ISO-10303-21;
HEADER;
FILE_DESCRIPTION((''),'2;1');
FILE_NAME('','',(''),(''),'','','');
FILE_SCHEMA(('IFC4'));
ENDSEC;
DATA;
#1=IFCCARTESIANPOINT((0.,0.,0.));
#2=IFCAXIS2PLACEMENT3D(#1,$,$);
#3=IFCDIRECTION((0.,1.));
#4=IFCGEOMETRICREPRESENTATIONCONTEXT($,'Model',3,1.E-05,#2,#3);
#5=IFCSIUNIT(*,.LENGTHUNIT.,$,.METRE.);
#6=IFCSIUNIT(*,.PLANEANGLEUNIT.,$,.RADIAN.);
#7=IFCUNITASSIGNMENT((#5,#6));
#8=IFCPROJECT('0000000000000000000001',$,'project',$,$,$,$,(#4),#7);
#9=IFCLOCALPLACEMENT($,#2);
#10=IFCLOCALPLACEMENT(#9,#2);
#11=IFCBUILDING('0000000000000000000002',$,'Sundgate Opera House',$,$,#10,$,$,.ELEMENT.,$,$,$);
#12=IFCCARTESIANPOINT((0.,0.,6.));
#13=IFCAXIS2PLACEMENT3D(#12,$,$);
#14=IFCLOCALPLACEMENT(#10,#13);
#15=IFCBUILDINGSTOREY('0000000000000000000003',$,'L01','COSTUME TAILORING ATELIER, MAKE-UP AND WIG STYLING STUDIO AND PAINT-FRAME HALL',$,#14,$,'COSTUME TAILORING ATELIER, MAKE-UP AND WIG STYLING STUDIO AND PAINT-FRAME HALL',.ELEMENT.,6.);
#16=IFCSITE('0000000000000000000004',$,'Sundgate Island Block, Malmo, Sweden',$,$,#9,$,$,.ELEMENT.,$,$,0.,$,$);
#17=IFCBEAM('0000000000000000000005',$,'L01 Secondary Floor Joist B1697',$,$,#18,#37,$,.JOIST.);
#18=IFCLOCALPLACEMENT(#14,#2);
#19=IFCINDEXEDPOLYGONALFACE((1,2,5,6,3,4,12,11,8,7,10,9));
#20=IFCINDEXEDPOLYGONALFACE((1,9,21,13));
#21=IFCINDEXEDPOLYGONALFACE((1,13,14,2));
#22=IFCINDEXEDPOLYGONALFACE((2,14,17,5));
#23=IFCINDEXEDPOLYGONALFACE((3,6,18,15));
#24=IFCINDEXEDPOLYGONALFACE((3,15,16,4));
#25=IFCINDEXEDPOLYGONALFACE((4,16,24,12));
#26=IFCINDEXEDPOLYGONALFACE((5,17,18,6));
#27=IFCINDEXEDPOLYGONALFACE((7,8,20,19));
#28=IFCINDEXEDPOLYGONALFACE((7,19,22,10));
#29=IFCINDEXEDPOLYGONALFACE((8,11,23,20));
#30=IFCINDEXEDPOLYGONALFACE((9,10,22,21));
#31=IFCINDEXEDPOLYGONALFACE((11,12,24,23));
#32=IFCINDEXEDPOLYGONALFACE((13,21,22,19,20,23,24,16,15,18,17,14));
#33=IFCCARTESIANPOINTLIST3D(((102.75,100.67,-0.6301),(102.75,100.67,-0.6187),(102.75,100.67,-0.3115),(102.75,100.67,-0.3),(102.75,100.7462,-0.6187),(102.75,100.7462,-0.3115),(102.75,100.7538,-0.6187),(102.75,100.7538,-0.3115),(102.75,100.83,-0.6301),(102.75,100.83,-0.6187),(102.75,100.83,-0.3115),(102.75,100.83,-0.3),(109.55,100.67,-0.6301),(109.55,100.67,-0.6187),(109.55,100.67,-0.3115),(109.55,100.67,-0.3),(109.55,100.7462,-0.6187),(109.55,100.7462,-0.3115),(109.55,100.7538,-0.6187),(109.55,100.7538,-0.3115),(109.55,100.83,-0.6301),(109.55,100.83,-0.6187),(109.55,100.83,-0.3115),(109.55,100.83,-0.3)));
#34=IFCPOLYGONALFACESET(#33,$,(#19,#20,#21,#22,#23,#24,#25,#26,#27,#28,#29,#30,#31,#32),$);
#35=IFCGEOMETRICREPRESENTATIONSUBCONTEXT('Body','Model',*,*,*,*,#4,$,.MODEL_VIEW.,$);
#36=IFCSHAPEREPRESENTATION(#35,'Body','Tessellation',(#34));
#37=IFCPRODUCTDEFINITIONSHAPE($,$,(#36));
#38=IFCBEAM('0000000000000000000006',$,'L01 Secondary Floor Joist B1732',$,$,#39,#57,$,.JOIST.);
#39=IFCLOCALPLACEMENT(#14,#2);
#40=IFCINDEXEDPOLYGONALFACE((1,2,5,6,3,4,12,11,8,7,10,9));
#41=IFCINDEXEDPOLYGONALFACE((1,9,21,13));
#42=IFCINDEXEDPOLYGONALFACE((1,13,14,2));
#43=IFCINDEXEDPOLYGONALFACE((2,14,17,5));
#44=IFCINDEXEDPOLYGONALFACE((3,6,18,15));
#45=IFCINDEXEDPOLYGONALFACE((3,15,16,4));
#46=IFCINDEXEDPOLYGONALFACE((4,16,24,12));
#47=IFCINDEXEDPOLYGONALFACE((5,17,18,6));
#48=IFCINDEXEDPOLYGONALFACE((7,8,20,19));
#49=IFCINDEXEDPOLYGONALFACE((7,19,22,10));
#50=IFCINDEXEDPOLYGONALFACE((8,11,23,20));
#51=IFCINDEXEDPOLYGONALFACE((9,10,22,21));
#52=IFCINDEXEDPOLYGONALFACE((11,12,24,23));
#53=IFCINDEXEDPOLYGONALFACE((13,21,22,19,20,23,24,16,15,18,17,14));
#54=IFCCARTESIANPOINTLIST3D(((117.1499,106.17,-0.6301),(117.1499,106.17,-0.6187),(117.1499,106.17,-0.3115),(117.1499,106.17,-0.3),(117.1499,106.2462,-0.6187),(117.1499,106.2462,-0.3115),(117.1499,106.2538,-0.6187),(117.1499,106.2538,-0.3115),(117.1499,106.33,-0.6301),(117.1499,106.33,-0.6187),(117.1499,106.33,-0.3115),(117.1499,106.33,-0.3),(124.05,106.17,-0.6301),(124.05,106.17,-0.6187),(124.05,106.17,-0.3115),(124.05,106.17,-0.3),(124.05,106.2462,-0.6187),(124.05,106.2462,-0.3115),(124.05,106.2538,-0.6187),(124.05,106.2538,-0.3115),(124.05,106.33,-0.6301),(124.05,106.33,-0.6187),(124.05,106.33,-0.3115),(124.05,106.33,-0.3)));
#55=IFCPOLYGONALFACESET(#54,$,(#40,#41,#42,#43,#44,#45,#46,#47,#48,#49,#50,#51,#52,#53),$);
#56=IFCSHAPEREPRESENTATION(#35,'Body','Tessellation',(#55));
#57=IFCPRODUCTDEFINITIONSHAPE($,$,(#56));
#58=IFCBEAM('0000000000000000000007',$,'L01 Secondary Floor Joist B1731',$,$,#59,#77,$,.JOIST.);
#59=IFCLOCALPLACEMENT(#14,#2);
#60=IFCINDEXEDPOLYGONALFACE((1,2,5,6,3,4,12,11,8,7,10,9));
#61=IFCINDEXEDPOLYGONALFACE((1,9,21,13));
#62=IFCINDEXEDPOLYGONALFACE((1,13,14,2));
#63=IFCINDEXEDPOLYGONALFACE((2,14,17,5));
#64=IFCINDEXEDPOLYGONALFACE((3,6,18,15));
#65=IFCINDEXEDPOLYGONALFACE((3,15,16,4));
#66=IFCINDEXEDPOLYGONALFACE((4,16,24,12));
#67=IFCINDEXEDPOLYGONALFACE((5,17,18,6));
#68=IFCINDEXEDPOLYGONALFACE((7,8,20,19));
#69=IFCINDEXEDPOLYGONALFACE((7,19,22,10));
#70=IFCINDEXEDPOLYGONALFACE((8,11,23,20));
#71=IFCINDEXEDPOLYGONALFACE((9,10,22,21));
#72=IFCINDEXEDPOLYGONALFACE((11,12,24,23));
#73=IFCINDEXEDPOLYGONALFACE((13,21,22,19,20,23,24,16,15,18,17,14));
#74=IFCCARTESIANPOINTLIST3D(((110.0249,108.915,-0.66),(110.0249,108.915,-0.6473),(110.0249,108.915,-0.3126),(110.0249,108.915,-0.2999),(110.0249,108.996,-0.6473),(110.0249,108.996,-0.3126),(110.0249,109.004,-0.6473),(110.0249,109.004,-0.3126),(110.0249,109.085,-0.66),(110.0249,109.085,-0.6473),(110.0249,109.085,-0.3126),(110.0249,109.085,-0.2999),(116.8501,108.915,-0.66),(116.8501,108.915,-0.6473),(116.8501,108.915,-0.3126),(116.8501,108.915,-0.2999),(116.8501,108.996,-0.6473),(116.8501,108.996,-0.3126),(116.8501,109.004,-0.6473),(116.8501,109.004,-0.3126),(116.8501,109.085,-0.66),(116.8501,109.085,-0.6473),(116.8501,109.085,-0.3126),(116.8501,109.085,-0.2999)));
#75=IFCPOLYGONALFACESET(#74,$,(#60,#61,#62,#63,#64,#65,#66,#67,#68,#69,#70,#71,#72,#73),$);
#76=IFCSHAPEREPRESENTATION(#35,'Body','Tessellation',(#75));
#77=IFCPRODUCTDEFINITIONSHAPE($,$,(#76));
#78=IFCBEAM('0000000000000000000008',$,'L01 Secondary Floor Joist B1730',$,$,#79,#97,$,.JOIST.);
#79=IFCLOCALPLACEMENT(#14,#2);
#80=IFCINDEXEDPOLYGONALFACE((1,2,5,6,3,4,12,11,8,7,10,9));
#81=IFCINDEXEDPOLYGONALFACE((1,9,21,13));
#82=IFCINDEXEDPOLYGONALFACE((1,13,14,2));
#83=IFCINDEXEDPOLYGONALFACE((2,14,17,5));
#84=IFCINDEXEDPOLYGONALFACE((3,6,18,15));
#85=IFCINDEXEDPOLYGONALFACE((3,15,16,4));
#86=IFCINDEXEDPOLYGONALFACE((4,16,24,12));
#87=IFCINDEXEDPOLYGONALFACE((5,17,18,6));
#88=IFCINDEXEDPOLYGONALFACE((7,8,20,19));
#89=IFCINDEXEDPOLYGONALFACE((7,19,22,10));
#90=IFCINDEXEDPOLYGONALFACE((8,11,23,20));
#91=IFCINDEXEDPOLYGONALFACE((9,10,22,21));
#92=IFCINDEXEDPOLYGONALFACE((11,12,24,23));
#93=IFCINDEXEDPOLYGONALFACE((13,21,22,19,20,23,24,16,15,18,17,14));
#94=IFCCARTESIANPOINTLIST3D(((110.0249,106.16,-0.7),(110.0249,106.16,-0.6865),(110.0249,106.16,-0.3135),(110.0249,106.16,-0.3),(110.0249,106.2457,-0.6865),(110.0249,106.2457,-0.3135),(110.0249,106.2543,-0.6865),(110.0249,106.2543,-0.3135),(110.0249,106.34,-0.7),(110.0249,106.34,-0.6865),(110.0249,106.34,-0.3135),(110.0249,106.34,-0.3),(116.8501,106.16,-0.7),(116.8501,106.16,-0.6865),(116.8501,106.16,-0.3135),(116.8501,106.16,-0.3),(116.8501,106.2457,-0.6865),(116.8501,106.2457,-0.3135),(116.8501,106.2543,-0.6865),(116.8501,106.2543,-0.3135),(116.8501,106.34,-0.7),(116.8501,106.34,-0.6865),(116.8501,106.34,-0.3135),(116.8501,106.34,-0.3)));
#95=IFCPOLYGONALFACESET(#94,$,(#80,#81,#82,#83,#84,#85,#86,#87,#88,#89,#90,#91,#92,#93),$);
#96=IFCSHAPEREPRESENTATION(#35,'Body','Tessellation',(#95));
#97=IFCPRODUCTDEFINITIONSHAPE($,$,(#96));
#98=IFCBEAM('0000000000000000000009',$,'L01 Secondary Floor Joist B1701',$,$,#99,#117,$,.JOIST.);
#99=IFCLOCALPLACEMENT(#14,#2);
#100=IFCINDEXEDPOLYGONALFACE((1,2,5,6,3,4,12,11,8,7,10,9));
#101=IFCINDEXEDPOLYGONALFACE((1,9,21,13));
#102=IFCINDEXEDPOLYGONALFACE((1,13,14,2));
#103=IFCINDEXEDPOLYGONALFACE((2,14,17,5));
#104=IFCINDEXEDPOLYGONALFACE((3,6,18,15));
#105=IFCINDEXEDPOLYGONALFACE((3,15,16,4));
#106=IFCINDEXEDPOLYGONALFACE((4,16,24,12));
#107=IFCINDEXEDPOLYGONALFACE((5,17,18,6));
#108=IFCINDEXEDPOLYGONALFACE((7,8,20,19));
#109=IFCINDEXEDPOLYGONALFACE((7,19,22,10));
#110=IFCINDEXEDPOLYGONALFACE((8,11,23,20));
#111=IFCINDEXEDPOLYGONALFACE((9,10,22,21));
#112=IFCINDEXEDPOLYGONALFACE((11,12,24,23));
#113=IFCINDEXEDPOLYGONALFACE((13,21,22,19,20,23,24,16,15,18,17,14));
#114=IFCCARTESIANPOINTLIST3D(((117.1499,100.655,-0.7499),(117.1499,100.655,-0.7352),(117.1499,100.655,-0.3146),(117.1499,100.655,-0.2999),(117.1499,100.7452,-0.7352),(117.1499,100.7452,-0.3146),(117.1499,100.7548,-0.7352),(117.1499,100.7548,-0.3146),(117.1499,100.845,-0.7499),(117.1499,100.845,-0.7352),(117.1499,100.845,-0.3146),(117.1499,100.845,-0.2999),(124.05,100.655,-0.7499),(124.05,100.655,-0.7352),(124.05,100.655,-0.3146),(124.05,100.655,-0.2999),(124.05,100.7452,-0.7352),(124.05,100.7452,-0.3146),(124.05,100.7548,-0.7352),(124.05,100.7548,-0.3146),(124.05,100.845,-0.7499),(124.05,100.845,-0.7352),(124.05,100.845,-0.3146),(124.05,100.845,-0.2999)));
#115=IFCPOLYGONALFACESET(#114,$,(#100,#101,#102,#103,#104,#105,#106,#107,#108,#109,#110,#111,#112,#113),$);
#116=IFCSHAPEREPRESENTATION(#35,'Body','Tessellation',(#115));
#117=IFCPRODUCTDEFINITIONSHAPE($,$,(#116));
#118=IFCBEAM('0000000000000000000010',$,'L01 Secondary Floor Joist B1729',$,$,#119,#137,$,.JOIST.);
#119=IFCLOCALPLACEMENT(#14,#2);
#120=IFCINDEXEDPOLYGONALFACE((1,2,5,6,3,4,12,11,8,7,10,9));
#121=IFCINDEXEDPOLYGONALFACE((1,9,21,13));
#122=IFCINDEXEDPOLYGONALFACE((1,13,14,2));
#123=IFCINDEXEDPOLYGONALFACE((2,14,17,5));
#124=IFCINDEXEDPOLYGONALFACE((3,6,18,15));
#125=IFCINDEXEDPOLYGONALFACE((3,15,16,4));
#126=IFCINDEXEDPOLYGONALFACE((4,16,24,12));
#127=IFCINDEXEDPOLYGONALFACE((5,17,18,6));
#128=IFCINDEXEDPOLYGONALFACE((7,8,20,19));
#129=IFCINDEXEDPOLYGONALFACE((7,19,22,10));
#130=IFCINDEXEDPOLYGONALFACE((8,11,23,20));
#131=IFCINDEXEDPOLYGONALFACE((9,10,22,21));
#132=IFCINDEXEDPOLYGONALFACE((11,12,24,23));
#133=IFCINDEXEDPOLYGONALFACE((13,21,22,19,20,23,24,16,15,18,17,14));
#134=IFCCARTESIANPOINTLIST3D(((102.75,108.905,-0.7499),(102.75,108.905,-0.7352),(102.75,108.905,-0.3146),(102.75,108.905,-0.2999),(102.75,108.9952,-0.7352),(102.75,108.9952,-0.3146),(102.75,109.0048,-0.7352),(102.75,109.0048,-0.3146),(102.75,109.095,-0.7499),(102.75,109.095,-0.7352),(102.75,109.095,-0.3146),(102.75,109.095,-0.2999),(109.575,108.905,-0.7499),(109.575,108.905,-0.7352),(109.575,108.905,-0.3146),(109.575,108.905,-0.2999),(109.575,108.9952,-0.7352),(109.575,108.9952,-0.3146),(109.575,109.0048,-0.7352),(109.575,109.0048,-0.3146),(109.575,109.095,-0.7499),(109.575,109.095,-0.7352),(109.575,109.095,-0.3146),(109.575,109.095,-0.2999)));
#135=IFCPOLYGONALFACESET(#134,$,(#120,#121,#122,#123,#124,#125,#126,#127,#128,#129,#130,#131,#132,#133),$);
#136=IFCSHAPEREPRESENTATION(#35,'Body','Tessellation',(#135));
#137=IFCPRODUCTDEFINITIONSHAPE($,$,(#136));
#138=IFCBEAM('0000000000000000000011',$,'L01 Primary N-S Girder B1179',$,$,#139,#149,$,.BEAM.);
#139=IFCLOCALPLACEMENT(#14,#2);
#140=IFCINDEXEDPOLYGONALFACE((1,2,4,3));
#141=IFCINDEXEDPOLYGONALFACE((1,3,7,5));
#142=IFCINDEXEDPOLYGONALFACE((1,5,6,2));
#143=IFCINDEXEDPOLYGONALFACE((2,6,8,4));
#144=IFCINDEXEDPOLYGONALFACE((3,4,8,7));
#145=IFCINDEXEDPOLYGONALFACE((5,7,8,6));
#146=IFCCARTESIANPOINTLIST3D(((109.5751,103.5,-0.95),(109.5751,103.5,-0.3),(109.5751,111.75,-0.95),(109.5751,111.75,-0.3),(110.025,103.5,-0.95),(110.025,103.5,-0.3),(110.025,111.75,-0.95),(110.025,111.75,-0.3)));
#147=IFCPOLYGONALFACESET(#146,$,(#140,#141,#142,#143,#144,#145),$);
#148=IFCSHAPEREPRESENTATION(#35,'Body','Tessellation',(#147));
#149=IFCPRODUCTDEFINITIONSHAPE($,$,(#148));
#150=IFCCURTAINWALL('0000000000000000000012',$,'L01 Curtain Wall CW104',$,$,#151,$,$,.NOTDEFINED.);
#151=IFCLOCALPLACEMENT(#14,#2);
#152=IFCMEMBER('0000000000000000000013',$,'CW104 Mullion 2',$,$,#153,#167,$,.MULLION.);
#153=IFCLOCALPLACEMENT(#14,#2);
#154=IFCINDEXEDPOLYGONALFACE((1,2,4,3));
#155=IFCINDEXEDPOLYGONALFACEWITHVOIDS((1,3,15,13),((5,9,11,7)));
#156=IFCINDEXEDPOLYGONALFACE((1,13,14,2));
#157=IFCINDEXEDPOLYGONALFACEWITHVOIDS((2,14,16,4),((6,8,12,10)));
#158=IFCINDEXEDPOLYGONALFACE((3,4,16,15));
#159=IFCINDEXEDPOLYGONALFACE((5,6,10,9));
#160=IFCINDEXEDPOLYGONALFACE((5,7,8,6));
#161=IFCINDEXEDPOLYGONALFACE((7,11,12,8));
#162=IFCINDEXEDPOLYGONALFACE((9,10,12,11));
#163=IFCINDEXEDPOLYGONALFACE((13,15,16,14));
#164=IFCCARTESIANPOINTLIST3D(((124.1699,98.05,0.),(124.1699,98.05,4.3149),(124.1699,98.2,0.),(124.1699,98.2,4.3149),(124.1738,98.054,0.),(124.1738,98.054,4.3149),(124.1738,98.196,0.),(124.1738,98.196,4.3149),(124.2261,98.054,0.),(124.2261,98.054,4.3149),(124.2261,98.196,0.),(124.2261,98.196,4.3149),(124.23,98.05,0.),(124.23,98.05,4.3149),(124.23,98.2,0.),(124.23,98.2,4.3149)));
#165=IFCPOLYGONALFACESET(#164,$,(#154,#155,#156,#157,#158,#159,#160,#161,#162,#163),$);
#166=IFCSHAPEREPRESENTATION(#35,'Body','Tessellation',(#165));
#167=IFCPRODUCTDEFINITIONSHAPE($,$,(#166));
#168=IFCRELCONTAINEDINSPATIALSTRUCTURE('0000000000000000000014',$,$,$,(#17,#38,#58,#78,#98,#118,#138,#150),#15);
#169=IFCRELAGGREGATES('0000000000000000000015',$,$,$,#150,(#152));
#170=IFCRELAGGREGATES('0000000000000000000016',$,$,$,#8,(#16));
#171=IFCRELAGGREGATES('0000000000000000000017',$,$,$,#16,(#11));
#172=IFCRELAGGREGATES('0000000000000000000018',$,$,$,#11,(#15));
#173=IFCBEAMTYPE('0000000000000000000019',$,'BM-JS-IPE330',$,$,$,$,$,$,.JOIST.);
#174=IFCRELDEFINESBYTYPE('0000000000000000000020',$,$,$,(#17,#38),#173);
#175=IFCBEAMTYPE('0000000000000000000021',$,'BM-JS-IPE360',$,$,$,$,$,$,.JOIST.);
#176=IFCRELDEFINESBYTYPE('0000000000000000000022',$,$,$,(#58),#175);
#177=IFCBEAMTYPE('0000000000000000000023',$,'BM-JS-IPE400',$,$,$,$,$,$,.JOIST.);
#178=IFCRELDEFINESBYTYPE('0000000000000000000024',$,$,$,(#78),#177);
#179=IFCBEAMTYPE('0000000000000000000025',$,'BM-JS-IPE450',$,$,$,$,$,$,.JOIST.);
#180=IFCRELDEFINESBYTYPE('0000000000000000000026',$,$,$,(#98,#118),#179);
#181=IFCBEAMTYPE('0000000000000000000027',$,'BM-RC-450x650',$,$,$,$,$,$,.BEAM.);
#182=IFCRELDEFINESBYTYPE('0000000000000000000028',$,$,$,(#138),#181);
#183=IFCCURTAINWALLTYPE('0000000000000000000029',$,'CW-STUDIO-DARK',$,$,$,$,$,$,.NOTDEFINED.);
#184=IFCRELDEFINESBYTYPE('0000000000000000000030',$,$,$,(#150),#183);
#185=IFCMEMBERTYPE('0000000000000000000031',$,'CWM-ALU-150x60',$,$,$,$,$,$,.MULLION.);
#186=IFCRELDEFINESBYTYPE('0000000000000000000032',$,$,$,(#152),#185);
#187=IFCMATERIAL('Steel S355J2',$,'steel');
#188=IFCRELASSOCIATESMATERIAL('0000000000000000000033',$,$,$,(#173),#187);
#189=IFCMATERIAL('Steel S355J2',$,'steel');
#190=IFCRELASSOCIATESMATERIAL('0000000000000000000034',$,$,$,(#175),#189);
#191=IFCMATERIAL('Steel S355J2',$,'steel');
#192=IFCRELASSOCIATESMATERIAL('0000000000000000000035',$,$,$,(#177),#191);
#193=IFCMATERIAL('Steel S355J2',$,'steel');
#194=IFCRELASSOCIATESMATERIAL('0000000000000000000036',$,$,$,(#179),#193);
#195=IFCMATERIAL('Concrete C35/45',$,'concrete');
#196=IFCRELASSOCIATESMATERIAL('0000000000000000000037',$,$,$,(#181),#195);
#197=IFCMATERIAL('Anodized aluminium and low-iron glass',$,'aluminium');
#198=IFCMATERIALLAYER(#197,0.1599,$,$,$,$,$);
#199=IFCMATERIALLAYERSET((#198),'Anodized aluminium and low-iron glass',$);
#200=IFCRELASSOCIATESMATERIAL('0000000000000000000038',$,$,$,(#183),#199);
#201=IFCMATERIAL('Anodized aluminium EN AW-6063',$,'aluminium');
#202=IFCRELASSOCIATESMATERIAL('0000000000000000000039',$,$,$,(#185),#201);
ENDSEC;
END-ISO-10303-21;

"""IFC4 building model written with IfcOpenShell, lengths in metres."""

from ifc_helpers import new_model, si_unit, direction, frame, origin, origin_2d, place, context, subcontext, project, spatial, rectangle, hollow_rectangle, i_section, extrude, material, layer, layer_set, material_profile, profile_set, type_object, element, aggregate, save


model = new_model("IFC4")

# Units and contexts
model_context = context("Model", 3, precision=1e-05, world=origin(), true_north=direction((0.0, 1.0)))
body_context = subcontext(model_context, "Body", "Model", "MODEL_VIEW")
ifc_project = project(units=[si_unit("LENGTHUNIT", "METRE"), si_unit("PLANEANGLEUNIT", "RADIAN")], contexts=[model_context])

# Site, building, storey
site_placement = place(None, origin())
site = spatial("IfcSite", under=ifc_project, at=site_placement, Name="Sundgate Island Block, Malmo, Sweden", CompositionType="ELEMENT", RefElevation=0.0)
building_placement = place(site_placement, origin())
building = spatial("IfcBuilding", under=site, at=building_placement, Name="Sundgate Opera House", CompositionType="ELEMENT")
storey_placement = place(building_placement, frame((0.0, 0.0, 6.0)))
storey = spatial("IfcBuildingStorey", under=building, at=storey_placement, Name="L01", Description="COSTUME TAILORING ATELIER, MAKE-UP AND WIG STYLING STUDIO AND PAINT-FRAME HALL", LongName="COSTUME TAILORING ATELIER, MAKE-UP AND WIG STYLING STUDIO AND PAINT-FRAME HALL", CompositionType="ELEMENT", Elevation=6.0)

# Beams
ifc_material_1 = material(Name="Steel S355J2", Category="steel")
ifc_material_profile_1 = material_profile(ifc_material_1, i_section(OverallWidth=0.1599, OverallDepth=0.3301, WebThickness=0.0076, FlangeThickness=0.0115, at=origin_2d()), Name="IPE 330")
ifc_profile_set_1 = profile_set([ifc_material_profile_1], Name="Steel S355J2")
beam_type_1 = type_object("IfcBeamType", Name="BM-JS-IPE330", PredefinedType="JOIST", material=ifc_profile_set_1)
beam_1_placement = place(storey_placement, frame((102.75, 100.75, -0.4651), z_axis=(1.0, 0.0, 0.0), x_axis=(0.0, 1.0, 0.0)))
element("IfcBeam", 1, at=beam_1_placement, inside=storey, type_object=beam_type_1, Name="L01 Secondary Floor Joist B1697", PredefinedType="JOIST", context=body_context, shape_type="SweptSolid", body=[
    extrude(i_section(OverallWidth=0.1599, OverallDepth=0.3301, WebThickness=0.0076, FlangeThickness=0.0115, at=origin_2d()), origin(), (0.0, 0.0, 1.0), 6.8),
])
beam_2_placement = place(storey_placement, frame((117.1499, 106.25, -0.4651), z_axis=(1.0, 0.0, 0.0), x_axis=(0.0, 1.0, 0.0)))
element("IfcBeam", 2, at=beam_2_placement, inside=storey, type_object=beam_type_1, Name="L01 Secondary Floor Joist B1732", PredefinedType="JOIST", context=body_context, shape_type="SweptSolid", body=[
    extrude(i_section(OverallWidth=0.1599, OverallDepth=0.3301, WebThickness=0.0076, FlangeThickness=0.0115, at=origin_2d()), origin(), (0.0, 0.0, 1.0), 6.9001),
])
ifc_material_2 = material(Name="Steel S355J2", Category="steel")
ifc_material_profile_2 = material_profile(ifc_material_2, i_section(OverallWidth=0.1699, OverallDepth=0.3601, WebThickness=0.0081, FlangeThickness=0.0127, at=origin_2d()), Name="IPE 360")
ifc_profile_set_2 = profile_set([ifc_material_profile_2], Name="Steel S355J2")
beam_type_2 = type_object("IfcBeamType", Name="BM-JS-IPE360", PredefinedType="JOIST", material=ifc_profile_set_2)
beam_3_placement = place(storey_placement, frame((110.0249, 109.0, -0.48), z_axis=(1.0, 0.0, 0.0), x_axis=(0.0, 1.0, 0.0)))
element("IfcBeam", 3, at=beam_3_placement, inside=storey, type_object=beam_type_2, Name="L01 Secondary Floor Joist B1731", PredefinedType="JOIST", context=body_context, shape_type="SweptSolid", body=[
    extrude(i_section(OverallWidth=0.1699, OverallDepth=0.3601, WebThickness=0.0081, FlangeThickness=0.0127, at=origin_2d()), origin(), (0.0, 0.0, 1.0), 6.8252),
])
ifc_material_3 = material(Name="Steel S355J2", Category="steel")
ifc_material_profile_3 = material_profile(ifc_material_3, i_section(OverallWidth=0.1799, OverallDepth=0.3999, WebThickness=0.0085, FlangeThickness=0.0134, at=origin_2d()), Name="IPE 400")
ifc_profile_set_3 = profile_set([ifc_material_profile_3], Name="Steel S355J2")
beam_type_3 = type_object("IfcBeamType", Name="BM-JS-IPE400", PredefinedType="JOIST", material=ifc_profile_set_3)
beam_4_placement = place(storey_placement, frame((110.0249, 106.25, -0.5), z_axis=(1.0, 0.0, 0.0), x_axis=(0.0, 1.0, 0.0)))
element("IfcBeam", 4, at=beam_4_placement, inside=storey, type_object=beam_type_3, Name="L01 Secondary Floor Joist B1730", PredefinedType="JOIST", context=body_context, shape_type="SweptSolid", body=[
    extrude(i_section(OverallWidth=0.1799, OverallDepth=0.3999, WebThickness=0.0085, FlangeThickness=0.0134, at=origin_2d()), origin(), (0.0, 0.0, 1.0), 6.8252),
])
ifc_material_4 = material(Name="Steel S355J2", Category="steel")
ifc_material_profile_4 = material_profile(ifc_material_4, i_section(OverallWidth=0.1899, OverallDepth=0.45, WebThickness=0.0095, FlangeThickness=0.0146, at=origin_2d()), Name="IPE 450")
ifc_profile_set_4 = profile_set([ifc_material_profile_4], Name="Steel S355J2")
beam_type_4 = type_object("IfcBeamType", Name="BM-JS-IPE450", PredefinedType="JOIST", material=ifc_profile_set_4)
beam_5_placement = place(storey_placement, frame((117.1499, 100.75, -0.5249), z_axis=(1.0, 0.0, 0.0), x_axis=(0.0, 1.0, 0.0)))
element("IfcBeam", 5, at=beam_5_placement, inside=storey, type_object=beam_type_4, Name="L01 Secondary Floor Joist B1701", PredefinedType="JOIST", context=body_context, shape_type="SweptSolid", body=[
    extrude(i_section(OverallWidth=0.1899, OverallDepth=0.45, WebThickness=0.0095, FlangeThickness=0.0146, at=origin_2d()), origin(), (0.0, 0.0, 1.0), 6.9001),
])
beam_6_placement = place(storey_placement, frame((102.75, 109.0, -0.5249), z_axis=(1.0, 0.0, 0.0), x_axis=(0.0, 1.0, 0.0)))
element("IfcBeam", 6, at=beam_6_placement, inside=storey, type_object=beam_type_4, Name="L01 Secondary Floor Joist B1729", PredefinedType="JOIST", context=body_context, shape_type="SweptSolid", body=[
    extrude(i_section(OverallWidth=0.1899, OverallDepth=0.45, WebThickness=0.0095, FlangeThickness=0.0146, at=origin_2d()), origin(), (0.0, 0.0, 1.0), 6.825),
])
ifc_material_5 = material(Name="Concrete C35/45", Category="concrete")
ifc_material_profile_5 = material_profile(ifc_material_5, rectangle(XDim=0.45, YDim=0.6499, at=origin_2d()), Name="RC 450x650")
ifc_profile_set_5 = profile_set([ifc_material_profile_5], Name="Concrete C35/45")
beam_type_5 = type_object("IfcBeamType", Name="BM-RC-450x650", PredefinedType="BEAM", material=ifc_profile_set_5)
beam_7_placement = place(storey_placement, frame((109.8, 103.5, -0.625), z_axis=(0.0, 1.0, 0.0), x_axis=(-1.0, 0.0, 0.0)))
element("IfcBeam", 7, at=beam_7_placement, inside=storey, type_object=beam_type_5, Name="L01 Primary N-S Girder B1179", PredefinedType="BEAM", context=body_context, shape_type="SweptSolid", body=[
    extrude(rectangle(XDim=0.45, YDim=0.6499, at=origin_2d()), origin(), (0.0, 0.0, 1.0), 8.25),
])

# Curtain wall, member
ifc_material_6 = material(Name="Anodized aluminium and low-iron glass", Category="aluminium")
ifc_layer_1 = layer(ifc_material_6, 0.1599)
ifc_layer_set_1 = layer_set([ifc_layer_1], Name="Anodized aluminium and low-iron glass")
curtain_wall_type = type_object("IfcCurtainWallType", Name="CW-STUDIO-DARK", PredefinedType="NOTDEFINED", material=ifc_layer_set_1)
curtain_wall_placement = place(storey_placement, origin())
curtain_wall = element("IfcCurtainWall", 8, at=curtain_wall_placement, inside=storey, type_object=curtain_wall_type, Name="L01 Curtain Wall CW104", PredefinedType="NOTDEFINED")
ifc_material_7 = material(Name="Anodized aluminium EN AW-6063", Category="aluminium")
ifc_material_profile_6 = material_profile(ifc_material_7, hollow_rectangle(XDim=0.0601, YDim=0.1499, WallThickness=0.0039, at=origin_2d()), Name="CWM 150x60x4")
ifc_profile_set_6 = profile_set([ifc_material_profile_6], Name="Anodized aluminium EN AW-6063")
member_type_1 = type_object("IfcMemberType", Name="CWM-ALU-150x60", PredefinedType="MULLION", material=ifc_profile_set_6)
member_1_placement = place(storey_placement, frame((124.2, 98.125, 0.0), z_axis=(0.0, 0.0, 1.0), x_axis=(1.0, 0.0, 0.0)))
member_1 = element("IfcMember", 9, at=member_1_placement, type_object=member_type_1, Name="CW104 Mullion 2", PredefinedType="MULLION", context=body_context, shape_type="SweptSolid", body=[
    extrude(hollow_rectangle(XDim=0.0601, YDim=0.1499, WallThickness=0.0039, at=origin_2d()), origin(), (0.0, 0.0, 1.0), 4.3149),
])
aggregate(curtain_wall, [member_1])

save(model, "model.ifc")
